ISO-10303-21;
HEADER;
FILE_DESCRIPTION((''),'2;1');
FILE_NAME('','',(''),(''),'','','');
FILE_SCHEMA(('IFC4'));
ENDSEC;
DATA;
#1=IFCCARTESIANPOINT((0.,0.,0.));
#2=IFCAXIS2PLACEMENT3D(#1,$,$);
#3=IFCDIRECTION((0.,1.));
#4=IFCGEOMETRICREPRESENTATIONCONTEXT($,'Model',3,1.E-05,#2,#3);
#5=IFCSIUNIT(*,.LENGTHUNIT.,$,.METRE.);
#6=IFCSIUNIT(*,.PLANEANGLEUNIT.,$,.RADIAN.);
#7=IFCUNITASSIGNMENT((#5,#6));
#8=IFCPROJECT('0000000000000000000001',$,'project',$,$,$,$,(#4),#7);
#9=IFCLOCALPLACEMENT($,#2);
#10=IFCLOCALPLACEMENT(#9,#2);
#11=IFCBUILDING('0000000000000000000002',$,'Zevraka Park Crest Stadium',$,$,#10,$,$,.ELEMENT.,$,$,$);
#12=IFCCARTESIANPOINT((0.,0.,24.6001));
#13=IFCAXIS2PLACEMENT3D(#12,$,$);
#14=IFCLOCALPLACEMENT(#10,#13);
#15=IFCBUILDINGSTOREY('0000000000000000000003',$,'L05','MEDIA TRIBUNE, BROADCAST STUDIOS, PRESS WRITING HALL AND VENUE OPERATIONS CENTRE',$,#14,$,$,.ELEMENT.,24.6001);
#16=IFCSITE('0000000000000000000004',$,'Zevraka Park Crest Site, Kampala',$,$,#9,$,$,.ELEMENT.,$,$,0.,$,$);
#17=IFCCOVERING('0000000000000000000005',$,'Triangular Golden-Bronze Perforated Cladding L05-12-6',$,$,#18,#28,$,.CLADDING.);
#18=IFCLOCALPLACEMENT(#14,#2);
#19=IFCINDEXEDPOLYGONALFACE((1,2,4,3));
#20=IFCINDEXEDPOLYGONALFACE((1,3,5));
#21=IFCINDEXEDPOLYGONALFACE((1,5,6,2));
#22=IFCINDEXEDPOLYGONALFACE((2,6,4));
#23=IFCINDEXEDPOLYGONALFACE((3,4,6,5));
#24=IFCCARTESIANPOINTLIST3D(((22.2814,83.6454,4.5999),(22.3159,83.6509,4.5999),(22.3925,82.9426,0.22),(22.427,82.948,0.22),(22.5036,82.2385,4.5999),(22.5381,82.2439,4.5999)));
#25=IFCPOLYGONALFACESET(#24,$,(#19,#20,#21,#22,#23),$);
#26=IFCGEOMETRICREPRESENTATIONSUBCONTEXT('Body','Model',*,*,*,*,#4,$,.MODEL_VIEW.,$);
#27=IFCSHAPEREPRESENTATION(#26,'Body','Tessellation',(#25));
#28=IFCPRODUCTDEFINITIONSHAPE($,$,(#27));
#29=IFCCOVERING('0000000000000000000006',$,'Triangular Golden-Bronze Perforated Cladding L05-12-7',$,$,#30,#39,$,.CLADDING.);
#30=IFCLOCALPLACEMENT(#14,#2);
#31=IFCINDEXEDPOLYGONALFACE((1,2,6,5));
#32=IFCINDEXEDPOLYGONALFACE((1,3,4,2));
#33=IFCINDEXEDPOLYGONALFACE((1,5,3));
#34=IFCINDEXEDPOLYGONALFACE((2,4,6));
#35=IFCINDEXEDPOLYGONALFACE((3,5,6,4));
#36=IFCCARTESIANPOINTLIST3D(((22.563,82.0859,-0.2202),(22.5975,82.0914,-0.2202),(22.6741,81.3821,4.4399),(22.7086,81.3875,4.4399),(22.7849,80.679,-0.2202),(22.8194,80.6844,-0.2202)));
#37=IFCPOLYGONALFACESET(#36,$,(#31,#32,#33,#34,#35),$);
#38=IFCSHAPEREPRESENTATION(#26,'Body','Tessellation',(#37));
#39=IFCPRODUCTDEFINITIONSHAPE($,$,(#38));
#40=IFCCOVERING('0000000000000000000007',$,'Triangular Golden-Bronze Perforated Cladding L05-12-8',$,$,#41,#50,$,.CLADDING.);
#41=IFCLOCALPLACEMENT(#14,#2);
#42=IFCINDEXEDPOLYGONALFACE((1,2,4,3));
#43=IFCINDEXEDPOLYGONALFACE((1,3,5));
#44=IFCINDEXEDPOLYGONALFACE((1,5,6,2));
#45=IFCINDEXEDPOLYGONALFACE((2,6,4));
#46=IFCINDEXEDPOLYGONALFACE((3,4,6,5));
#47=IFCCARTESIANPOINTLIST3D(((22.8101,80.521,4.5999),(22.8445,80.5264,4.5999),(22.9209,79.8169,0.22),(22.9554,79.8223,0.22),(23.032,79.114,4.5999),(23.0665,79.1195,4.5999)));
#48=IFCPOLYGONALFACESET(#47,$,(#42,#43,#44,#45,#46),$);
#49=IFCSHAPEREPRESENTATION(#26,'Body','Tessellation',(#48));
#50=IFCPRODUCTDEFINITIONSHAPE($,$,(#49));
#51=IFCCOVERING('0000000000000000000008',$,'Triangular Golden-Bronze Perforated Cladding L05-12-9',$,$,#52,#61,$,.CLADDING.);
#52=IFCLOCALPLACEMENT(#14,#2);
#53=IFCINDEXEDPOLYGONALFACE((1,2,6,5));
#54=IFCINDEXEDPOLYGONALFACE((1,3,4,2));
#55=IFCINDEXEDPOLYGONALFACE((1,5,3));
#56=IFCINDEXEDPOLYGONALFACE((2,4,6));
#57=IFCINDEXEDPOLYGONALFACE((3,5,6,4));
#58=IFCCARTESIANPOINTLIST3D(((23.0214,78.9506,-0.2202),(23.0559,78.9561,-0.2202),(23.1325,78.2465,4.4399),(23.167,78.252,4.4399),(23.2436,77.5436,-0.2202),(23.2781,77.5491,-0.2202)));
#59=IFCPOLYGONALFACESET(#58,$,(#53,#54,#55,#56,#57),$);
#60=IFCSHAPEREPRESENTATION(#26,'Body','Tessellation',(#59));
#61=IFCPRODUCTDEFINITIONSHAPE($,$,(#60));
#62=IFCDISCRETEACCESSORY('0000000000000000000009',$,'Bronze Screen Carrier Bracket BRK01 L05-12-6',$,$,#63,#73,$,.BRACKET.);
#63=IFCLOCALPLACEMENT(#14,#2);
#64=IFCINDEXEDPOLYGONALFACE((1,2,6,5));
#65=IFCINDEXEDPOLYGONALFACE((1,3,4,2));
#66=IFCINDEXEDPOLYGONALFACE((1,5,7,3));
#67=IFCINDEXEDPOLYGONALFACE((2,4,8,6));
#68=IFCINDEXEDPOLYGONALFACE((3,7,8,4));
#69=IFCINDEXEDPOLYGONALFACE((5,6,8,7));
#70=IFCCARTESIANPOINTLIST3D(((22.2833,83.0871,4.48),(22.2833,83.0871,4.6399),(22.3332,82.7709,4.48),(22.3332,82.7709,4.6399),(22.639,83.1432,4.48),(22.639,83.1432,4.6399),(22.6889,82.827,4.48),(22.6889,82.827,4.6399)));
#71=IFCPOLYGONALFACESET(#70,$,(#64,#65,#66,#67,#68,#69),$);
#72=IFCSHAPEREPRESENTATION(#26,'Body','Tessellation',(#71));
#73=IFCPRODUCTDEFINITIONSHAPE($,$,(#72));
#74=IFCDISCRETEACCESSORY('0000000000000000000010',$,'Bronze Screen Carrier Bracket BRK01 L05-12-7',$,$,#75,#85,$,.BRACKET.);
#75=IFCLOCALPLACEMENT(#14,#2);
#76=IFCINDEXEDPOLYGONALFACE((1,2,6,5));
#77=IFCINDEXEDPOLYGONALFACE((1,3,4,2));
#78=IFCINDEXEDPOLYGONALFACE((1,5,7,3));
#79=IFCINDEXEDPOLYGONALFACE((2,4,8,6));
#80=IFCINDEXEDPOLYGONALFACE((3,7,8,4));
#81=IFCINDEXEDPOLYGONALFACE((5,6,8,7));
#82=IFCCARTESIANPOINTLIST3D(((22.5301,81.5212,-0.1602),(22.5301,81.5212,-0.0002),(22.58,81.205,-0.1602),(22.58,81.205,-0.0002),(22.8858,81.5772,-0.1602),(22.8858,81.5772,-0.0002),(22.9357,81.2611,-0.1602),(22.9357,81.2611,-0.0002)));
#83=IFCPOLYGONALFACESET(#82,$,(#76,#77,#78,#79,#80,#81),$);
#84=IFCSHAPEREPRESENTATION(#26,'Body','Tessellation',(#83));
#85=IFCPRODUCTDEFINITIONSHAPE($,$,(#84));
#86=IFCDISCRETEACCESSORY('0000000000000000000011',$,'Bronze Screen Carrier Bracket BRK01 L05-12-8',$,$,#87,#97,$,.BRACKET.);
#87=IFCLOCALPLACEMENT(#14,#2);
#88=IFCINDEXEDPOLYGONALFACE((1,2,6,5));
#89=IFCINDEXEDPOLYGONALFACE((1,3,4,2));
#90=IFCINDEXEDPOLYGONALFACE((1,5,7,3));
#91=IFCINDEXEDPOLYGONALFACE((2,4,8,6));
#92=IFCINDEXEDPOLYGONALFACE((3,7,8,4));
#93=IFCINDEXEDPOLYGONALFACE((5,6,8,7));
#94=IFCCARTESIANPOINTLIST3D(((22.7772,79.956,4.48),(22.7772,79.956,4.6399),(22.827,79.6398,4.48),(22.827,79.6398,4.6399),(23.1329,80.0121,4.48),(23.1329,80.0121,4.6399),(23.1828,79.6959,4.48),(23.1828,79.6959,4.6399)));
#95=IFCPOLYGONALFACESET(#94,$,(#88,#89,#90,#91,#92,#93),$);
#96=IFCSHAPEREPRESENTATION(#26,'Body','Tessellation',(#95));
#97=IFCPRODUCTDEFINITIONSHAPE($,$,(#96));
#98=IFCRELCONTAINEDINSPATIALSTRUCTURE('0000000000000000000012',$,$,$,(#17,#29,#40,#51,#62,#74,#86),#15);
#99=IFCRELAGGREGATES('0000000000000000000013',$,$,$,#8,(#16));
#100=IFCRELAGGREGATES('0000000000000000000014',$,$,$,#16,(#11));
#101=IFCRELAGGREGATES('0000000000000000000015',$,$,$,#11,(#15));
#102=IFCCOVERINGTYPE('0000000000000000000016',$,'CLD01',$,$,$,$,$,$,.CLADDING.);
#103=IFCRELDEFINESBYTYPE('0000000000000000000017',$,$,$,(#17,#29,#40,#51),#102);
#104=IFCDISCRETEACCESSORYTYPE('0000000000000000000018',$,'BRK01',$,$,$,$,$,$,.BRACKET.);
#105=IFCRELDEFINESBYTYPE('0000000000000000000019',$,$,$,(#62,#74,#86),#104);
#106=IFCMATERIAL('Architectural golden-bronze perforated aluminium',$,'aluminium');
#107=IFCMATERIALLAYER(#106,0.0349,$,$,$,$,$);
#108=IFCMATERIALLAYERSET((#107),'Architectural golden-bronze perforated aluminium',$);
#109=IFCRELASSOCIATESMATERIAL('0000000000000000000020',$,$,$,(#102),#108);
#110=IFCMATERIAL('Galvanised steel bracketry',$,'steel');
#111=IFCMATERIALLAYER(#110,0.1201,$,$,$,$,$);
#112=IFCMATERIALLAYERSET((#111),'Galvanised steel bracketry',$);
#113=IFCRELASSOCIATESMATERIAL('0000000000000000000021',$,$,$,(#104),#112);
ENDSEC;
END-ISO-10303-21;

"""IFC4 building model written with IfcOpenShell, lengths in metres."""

from ifc_helpers import new_model, si_unit, direction, frame, origin, origin_2d, place, context, subcontext, project, spatial, polyline, rectangle, outline, extrude, material, layer, layer_set, type_object, element, save


model = new_model("IFC4")

# Units and contexts
model_context = context("Model", 3, precision=1e-05, world=origin(), true_north=direction((0.0, 1.0)))
body_context = subcontext(model_context, "Body", "Model", "MODEL_VIEW")
ifc_project = project(units=[si_unit("LENGTHUNIT", "METRE"), si_unit("PLANEANGLEUNIT", "RADIAN")], contexts=[model_context])

# Site, building, storey
site_placement = place(None, origin())
site = spatial("IfcSite", under=ifc_project, at=site_placement, Name="Zevraka Park Crest Site, Kampala", CompositionType="ELEMENT", RefElevation=0.0)
building_placement = place(site_placement, origin())
building = spatial("IfcBuilding", under=site, at=building_placement, Name="Zevraka Park Crest Stadium", CompositionType="ELEMENT")
storey_placement = place(building_placement, frame((0.0, 0.0, 24.6001)))
storey = spatial("IfcBuildingStorey", under=building, at=storey_placement, Name="L05", Description="MEDIA TRIBUNE, BROADCAST STUDIOS, PRESS WRITING HALL AND VENUE OPERATIONS CENTRE", CompositionType="ELEMENT", Elevation=24.6001)

# Coverings
ifc_material_1 = material(Name="Architectural golden-bronze perforated aluminium", Category="aluminium")
ifc_layer_1 = layer(ifc_material_1, 0.0349)
ifc_layer_set_1 = layer_set([ifc_layer_1], Name="Architectural golden-bronze perforated aluminium")
covering_type = type_object("IfcCoveringType", Name="CLD01", PredefinedType="CLADDING", material=ifc_layer_set_1)
covering_1_placement = place(storey_placement, frame((22.5381, 82.2439, 4.5999), z_axis=(0.987762, 0.155971, 0.000022), x_axis=(-0.155971, 0.987762, 0.0)))
element("IfcCovering", 1, at=covering_1_placement, inside=storey, type_object=covering_type, Name="Triangular Golden-Bronze Perforated Cladding L05-12-6", PredefinedType="CLADDING", context=body_context, shape_type="SweptSolid", body=[
    extrude(outline(polyline([(0.0, 0.0), (1.4244, 0.0), (0.7128, -4.3799), (0.0, 0.0)])), origin(), (0.0, 0.0, -1.0), 0.0349),
])
covering_2_placement = place(storey_placement, frame((22.563, 82.0859, -0.2202), z_axis=(-0.987788, -0.155804, 0.000014), x_axis=(0.155804, -0.987788, 0.0)))
element("IfcCovering", 2, at=covering_2_placement, inside=storey, type_object=covering_type, Name="Triangular Golden-Bronze Perforated Cladding L05-12-7", PredefinedType="CLADDING", context=body_context, shape_type="SweptSolid", body=[
    extrude(outline(polyline([(0.0, 0.0), (1.4244, 0.0), (0.7126, 4.6602), (0.0, 0.0)])), origin(), (0.0, 0.0, -1.0), 0.0349),
])
covering_3_placement = place(storey_placement, frame((23.032, 79.114, 4.5999), z_axis=(-0.987788, -0.155804, 0.000049), x_axis=(-0.155804, 0.987788, 0.0)))
element("IfcCovering", 3, at=covering_3_placement, inside=storey, type_object=covering_type, Name="Triangular Golden-Bronze Perforated Cladding L05-12-8", PredefinedType="CLADDING", context=body_context, shape_type="SweptSolid", body=[
    extrude(outline(polyline([(0.0, 0.0), (1.4244, 0.0), (0.7116, 4.3799), (0.0, 0.0)])), origin(), (0.0, 0.0, -1.0), 0.0349),
])
covering_4_placement = place(storey_placement, frame((23.0559, 78.9561, -0.2202), z_axis=(0.987762, 0.155971, 0.00002), x_axis=(0.155971, -0.987762, 0.0)))
element("IfcCovering", 4, at=covering_4_placement, inside=storey, type_object=covering_type, Name="Triangular Golden-Bronze Perforated Cladding L05-12-9", PredefinedType="CLADDING", context=body_context, shape_type="SweptSolid", body=[
    extrude(outline(polyline([(0.0, 0.0), (1.4244, 0.0), (0.7128, -4.6602), (0.0, 0.0)])), origin(), (0.0, 0.0, -1.0), 0.0349),
])

# Discrete accessories
ifc_material_2 = material(Name="Galvanised steel bracketry", Category="steel")
ifc_layer_2 = layer(ifc_material_2, 0.1201)
ifc_layer_set_2 = layer_set([ifc_layer_2], Name="Galvanised steel bracketry")
discrete_accessory_type = type_object("IfcDiscreteAccessoryType", Name="BRK01", PredefinedType="BRACKET", material=ifc_layer_set_2)
for number, where, z_axis, x_axis, name in (
    (5, (22.4861, 82.957, 4.48), (0.0, 0.0, 1.0), (0.155745, -0.987797, 0.0), "Bronze Screen Carrier Bracket BRK01 L05-12-6"),
    (6, (22.7329, 81.3911, -0.1602), (0.0, 0.0, 1.0), (0.155745, -0.987797, 0.0), "Bronze Screen Carrier Bracket BRK01 L05-12-7"),
    (7, (22.98, 79.8259, 4.48), (0.0, 0.0, 1.0), (0.155745, -0.987797, 0.0), "Bronze Screen Carrier Bracket BRK01 L05-12-8"),
):
    element("IfcDiscreteAccessory", number, at=place(storey_placement, frame(where, z_axis=z_axis, x_axis=x_axis)), inside=storey, type_object=discrete_accessory_type, Name=name, PredefinedType="BRACKET", context=body_context, shape_type="SweptSolid", body=[
        extrude(rectangle(XDim=0.3201, YDim=0.3601, at=origin_2d()), origin(), (0.0, 0.0, 1.0), 0.1599),
    ])

save(model, "model.ifc")
